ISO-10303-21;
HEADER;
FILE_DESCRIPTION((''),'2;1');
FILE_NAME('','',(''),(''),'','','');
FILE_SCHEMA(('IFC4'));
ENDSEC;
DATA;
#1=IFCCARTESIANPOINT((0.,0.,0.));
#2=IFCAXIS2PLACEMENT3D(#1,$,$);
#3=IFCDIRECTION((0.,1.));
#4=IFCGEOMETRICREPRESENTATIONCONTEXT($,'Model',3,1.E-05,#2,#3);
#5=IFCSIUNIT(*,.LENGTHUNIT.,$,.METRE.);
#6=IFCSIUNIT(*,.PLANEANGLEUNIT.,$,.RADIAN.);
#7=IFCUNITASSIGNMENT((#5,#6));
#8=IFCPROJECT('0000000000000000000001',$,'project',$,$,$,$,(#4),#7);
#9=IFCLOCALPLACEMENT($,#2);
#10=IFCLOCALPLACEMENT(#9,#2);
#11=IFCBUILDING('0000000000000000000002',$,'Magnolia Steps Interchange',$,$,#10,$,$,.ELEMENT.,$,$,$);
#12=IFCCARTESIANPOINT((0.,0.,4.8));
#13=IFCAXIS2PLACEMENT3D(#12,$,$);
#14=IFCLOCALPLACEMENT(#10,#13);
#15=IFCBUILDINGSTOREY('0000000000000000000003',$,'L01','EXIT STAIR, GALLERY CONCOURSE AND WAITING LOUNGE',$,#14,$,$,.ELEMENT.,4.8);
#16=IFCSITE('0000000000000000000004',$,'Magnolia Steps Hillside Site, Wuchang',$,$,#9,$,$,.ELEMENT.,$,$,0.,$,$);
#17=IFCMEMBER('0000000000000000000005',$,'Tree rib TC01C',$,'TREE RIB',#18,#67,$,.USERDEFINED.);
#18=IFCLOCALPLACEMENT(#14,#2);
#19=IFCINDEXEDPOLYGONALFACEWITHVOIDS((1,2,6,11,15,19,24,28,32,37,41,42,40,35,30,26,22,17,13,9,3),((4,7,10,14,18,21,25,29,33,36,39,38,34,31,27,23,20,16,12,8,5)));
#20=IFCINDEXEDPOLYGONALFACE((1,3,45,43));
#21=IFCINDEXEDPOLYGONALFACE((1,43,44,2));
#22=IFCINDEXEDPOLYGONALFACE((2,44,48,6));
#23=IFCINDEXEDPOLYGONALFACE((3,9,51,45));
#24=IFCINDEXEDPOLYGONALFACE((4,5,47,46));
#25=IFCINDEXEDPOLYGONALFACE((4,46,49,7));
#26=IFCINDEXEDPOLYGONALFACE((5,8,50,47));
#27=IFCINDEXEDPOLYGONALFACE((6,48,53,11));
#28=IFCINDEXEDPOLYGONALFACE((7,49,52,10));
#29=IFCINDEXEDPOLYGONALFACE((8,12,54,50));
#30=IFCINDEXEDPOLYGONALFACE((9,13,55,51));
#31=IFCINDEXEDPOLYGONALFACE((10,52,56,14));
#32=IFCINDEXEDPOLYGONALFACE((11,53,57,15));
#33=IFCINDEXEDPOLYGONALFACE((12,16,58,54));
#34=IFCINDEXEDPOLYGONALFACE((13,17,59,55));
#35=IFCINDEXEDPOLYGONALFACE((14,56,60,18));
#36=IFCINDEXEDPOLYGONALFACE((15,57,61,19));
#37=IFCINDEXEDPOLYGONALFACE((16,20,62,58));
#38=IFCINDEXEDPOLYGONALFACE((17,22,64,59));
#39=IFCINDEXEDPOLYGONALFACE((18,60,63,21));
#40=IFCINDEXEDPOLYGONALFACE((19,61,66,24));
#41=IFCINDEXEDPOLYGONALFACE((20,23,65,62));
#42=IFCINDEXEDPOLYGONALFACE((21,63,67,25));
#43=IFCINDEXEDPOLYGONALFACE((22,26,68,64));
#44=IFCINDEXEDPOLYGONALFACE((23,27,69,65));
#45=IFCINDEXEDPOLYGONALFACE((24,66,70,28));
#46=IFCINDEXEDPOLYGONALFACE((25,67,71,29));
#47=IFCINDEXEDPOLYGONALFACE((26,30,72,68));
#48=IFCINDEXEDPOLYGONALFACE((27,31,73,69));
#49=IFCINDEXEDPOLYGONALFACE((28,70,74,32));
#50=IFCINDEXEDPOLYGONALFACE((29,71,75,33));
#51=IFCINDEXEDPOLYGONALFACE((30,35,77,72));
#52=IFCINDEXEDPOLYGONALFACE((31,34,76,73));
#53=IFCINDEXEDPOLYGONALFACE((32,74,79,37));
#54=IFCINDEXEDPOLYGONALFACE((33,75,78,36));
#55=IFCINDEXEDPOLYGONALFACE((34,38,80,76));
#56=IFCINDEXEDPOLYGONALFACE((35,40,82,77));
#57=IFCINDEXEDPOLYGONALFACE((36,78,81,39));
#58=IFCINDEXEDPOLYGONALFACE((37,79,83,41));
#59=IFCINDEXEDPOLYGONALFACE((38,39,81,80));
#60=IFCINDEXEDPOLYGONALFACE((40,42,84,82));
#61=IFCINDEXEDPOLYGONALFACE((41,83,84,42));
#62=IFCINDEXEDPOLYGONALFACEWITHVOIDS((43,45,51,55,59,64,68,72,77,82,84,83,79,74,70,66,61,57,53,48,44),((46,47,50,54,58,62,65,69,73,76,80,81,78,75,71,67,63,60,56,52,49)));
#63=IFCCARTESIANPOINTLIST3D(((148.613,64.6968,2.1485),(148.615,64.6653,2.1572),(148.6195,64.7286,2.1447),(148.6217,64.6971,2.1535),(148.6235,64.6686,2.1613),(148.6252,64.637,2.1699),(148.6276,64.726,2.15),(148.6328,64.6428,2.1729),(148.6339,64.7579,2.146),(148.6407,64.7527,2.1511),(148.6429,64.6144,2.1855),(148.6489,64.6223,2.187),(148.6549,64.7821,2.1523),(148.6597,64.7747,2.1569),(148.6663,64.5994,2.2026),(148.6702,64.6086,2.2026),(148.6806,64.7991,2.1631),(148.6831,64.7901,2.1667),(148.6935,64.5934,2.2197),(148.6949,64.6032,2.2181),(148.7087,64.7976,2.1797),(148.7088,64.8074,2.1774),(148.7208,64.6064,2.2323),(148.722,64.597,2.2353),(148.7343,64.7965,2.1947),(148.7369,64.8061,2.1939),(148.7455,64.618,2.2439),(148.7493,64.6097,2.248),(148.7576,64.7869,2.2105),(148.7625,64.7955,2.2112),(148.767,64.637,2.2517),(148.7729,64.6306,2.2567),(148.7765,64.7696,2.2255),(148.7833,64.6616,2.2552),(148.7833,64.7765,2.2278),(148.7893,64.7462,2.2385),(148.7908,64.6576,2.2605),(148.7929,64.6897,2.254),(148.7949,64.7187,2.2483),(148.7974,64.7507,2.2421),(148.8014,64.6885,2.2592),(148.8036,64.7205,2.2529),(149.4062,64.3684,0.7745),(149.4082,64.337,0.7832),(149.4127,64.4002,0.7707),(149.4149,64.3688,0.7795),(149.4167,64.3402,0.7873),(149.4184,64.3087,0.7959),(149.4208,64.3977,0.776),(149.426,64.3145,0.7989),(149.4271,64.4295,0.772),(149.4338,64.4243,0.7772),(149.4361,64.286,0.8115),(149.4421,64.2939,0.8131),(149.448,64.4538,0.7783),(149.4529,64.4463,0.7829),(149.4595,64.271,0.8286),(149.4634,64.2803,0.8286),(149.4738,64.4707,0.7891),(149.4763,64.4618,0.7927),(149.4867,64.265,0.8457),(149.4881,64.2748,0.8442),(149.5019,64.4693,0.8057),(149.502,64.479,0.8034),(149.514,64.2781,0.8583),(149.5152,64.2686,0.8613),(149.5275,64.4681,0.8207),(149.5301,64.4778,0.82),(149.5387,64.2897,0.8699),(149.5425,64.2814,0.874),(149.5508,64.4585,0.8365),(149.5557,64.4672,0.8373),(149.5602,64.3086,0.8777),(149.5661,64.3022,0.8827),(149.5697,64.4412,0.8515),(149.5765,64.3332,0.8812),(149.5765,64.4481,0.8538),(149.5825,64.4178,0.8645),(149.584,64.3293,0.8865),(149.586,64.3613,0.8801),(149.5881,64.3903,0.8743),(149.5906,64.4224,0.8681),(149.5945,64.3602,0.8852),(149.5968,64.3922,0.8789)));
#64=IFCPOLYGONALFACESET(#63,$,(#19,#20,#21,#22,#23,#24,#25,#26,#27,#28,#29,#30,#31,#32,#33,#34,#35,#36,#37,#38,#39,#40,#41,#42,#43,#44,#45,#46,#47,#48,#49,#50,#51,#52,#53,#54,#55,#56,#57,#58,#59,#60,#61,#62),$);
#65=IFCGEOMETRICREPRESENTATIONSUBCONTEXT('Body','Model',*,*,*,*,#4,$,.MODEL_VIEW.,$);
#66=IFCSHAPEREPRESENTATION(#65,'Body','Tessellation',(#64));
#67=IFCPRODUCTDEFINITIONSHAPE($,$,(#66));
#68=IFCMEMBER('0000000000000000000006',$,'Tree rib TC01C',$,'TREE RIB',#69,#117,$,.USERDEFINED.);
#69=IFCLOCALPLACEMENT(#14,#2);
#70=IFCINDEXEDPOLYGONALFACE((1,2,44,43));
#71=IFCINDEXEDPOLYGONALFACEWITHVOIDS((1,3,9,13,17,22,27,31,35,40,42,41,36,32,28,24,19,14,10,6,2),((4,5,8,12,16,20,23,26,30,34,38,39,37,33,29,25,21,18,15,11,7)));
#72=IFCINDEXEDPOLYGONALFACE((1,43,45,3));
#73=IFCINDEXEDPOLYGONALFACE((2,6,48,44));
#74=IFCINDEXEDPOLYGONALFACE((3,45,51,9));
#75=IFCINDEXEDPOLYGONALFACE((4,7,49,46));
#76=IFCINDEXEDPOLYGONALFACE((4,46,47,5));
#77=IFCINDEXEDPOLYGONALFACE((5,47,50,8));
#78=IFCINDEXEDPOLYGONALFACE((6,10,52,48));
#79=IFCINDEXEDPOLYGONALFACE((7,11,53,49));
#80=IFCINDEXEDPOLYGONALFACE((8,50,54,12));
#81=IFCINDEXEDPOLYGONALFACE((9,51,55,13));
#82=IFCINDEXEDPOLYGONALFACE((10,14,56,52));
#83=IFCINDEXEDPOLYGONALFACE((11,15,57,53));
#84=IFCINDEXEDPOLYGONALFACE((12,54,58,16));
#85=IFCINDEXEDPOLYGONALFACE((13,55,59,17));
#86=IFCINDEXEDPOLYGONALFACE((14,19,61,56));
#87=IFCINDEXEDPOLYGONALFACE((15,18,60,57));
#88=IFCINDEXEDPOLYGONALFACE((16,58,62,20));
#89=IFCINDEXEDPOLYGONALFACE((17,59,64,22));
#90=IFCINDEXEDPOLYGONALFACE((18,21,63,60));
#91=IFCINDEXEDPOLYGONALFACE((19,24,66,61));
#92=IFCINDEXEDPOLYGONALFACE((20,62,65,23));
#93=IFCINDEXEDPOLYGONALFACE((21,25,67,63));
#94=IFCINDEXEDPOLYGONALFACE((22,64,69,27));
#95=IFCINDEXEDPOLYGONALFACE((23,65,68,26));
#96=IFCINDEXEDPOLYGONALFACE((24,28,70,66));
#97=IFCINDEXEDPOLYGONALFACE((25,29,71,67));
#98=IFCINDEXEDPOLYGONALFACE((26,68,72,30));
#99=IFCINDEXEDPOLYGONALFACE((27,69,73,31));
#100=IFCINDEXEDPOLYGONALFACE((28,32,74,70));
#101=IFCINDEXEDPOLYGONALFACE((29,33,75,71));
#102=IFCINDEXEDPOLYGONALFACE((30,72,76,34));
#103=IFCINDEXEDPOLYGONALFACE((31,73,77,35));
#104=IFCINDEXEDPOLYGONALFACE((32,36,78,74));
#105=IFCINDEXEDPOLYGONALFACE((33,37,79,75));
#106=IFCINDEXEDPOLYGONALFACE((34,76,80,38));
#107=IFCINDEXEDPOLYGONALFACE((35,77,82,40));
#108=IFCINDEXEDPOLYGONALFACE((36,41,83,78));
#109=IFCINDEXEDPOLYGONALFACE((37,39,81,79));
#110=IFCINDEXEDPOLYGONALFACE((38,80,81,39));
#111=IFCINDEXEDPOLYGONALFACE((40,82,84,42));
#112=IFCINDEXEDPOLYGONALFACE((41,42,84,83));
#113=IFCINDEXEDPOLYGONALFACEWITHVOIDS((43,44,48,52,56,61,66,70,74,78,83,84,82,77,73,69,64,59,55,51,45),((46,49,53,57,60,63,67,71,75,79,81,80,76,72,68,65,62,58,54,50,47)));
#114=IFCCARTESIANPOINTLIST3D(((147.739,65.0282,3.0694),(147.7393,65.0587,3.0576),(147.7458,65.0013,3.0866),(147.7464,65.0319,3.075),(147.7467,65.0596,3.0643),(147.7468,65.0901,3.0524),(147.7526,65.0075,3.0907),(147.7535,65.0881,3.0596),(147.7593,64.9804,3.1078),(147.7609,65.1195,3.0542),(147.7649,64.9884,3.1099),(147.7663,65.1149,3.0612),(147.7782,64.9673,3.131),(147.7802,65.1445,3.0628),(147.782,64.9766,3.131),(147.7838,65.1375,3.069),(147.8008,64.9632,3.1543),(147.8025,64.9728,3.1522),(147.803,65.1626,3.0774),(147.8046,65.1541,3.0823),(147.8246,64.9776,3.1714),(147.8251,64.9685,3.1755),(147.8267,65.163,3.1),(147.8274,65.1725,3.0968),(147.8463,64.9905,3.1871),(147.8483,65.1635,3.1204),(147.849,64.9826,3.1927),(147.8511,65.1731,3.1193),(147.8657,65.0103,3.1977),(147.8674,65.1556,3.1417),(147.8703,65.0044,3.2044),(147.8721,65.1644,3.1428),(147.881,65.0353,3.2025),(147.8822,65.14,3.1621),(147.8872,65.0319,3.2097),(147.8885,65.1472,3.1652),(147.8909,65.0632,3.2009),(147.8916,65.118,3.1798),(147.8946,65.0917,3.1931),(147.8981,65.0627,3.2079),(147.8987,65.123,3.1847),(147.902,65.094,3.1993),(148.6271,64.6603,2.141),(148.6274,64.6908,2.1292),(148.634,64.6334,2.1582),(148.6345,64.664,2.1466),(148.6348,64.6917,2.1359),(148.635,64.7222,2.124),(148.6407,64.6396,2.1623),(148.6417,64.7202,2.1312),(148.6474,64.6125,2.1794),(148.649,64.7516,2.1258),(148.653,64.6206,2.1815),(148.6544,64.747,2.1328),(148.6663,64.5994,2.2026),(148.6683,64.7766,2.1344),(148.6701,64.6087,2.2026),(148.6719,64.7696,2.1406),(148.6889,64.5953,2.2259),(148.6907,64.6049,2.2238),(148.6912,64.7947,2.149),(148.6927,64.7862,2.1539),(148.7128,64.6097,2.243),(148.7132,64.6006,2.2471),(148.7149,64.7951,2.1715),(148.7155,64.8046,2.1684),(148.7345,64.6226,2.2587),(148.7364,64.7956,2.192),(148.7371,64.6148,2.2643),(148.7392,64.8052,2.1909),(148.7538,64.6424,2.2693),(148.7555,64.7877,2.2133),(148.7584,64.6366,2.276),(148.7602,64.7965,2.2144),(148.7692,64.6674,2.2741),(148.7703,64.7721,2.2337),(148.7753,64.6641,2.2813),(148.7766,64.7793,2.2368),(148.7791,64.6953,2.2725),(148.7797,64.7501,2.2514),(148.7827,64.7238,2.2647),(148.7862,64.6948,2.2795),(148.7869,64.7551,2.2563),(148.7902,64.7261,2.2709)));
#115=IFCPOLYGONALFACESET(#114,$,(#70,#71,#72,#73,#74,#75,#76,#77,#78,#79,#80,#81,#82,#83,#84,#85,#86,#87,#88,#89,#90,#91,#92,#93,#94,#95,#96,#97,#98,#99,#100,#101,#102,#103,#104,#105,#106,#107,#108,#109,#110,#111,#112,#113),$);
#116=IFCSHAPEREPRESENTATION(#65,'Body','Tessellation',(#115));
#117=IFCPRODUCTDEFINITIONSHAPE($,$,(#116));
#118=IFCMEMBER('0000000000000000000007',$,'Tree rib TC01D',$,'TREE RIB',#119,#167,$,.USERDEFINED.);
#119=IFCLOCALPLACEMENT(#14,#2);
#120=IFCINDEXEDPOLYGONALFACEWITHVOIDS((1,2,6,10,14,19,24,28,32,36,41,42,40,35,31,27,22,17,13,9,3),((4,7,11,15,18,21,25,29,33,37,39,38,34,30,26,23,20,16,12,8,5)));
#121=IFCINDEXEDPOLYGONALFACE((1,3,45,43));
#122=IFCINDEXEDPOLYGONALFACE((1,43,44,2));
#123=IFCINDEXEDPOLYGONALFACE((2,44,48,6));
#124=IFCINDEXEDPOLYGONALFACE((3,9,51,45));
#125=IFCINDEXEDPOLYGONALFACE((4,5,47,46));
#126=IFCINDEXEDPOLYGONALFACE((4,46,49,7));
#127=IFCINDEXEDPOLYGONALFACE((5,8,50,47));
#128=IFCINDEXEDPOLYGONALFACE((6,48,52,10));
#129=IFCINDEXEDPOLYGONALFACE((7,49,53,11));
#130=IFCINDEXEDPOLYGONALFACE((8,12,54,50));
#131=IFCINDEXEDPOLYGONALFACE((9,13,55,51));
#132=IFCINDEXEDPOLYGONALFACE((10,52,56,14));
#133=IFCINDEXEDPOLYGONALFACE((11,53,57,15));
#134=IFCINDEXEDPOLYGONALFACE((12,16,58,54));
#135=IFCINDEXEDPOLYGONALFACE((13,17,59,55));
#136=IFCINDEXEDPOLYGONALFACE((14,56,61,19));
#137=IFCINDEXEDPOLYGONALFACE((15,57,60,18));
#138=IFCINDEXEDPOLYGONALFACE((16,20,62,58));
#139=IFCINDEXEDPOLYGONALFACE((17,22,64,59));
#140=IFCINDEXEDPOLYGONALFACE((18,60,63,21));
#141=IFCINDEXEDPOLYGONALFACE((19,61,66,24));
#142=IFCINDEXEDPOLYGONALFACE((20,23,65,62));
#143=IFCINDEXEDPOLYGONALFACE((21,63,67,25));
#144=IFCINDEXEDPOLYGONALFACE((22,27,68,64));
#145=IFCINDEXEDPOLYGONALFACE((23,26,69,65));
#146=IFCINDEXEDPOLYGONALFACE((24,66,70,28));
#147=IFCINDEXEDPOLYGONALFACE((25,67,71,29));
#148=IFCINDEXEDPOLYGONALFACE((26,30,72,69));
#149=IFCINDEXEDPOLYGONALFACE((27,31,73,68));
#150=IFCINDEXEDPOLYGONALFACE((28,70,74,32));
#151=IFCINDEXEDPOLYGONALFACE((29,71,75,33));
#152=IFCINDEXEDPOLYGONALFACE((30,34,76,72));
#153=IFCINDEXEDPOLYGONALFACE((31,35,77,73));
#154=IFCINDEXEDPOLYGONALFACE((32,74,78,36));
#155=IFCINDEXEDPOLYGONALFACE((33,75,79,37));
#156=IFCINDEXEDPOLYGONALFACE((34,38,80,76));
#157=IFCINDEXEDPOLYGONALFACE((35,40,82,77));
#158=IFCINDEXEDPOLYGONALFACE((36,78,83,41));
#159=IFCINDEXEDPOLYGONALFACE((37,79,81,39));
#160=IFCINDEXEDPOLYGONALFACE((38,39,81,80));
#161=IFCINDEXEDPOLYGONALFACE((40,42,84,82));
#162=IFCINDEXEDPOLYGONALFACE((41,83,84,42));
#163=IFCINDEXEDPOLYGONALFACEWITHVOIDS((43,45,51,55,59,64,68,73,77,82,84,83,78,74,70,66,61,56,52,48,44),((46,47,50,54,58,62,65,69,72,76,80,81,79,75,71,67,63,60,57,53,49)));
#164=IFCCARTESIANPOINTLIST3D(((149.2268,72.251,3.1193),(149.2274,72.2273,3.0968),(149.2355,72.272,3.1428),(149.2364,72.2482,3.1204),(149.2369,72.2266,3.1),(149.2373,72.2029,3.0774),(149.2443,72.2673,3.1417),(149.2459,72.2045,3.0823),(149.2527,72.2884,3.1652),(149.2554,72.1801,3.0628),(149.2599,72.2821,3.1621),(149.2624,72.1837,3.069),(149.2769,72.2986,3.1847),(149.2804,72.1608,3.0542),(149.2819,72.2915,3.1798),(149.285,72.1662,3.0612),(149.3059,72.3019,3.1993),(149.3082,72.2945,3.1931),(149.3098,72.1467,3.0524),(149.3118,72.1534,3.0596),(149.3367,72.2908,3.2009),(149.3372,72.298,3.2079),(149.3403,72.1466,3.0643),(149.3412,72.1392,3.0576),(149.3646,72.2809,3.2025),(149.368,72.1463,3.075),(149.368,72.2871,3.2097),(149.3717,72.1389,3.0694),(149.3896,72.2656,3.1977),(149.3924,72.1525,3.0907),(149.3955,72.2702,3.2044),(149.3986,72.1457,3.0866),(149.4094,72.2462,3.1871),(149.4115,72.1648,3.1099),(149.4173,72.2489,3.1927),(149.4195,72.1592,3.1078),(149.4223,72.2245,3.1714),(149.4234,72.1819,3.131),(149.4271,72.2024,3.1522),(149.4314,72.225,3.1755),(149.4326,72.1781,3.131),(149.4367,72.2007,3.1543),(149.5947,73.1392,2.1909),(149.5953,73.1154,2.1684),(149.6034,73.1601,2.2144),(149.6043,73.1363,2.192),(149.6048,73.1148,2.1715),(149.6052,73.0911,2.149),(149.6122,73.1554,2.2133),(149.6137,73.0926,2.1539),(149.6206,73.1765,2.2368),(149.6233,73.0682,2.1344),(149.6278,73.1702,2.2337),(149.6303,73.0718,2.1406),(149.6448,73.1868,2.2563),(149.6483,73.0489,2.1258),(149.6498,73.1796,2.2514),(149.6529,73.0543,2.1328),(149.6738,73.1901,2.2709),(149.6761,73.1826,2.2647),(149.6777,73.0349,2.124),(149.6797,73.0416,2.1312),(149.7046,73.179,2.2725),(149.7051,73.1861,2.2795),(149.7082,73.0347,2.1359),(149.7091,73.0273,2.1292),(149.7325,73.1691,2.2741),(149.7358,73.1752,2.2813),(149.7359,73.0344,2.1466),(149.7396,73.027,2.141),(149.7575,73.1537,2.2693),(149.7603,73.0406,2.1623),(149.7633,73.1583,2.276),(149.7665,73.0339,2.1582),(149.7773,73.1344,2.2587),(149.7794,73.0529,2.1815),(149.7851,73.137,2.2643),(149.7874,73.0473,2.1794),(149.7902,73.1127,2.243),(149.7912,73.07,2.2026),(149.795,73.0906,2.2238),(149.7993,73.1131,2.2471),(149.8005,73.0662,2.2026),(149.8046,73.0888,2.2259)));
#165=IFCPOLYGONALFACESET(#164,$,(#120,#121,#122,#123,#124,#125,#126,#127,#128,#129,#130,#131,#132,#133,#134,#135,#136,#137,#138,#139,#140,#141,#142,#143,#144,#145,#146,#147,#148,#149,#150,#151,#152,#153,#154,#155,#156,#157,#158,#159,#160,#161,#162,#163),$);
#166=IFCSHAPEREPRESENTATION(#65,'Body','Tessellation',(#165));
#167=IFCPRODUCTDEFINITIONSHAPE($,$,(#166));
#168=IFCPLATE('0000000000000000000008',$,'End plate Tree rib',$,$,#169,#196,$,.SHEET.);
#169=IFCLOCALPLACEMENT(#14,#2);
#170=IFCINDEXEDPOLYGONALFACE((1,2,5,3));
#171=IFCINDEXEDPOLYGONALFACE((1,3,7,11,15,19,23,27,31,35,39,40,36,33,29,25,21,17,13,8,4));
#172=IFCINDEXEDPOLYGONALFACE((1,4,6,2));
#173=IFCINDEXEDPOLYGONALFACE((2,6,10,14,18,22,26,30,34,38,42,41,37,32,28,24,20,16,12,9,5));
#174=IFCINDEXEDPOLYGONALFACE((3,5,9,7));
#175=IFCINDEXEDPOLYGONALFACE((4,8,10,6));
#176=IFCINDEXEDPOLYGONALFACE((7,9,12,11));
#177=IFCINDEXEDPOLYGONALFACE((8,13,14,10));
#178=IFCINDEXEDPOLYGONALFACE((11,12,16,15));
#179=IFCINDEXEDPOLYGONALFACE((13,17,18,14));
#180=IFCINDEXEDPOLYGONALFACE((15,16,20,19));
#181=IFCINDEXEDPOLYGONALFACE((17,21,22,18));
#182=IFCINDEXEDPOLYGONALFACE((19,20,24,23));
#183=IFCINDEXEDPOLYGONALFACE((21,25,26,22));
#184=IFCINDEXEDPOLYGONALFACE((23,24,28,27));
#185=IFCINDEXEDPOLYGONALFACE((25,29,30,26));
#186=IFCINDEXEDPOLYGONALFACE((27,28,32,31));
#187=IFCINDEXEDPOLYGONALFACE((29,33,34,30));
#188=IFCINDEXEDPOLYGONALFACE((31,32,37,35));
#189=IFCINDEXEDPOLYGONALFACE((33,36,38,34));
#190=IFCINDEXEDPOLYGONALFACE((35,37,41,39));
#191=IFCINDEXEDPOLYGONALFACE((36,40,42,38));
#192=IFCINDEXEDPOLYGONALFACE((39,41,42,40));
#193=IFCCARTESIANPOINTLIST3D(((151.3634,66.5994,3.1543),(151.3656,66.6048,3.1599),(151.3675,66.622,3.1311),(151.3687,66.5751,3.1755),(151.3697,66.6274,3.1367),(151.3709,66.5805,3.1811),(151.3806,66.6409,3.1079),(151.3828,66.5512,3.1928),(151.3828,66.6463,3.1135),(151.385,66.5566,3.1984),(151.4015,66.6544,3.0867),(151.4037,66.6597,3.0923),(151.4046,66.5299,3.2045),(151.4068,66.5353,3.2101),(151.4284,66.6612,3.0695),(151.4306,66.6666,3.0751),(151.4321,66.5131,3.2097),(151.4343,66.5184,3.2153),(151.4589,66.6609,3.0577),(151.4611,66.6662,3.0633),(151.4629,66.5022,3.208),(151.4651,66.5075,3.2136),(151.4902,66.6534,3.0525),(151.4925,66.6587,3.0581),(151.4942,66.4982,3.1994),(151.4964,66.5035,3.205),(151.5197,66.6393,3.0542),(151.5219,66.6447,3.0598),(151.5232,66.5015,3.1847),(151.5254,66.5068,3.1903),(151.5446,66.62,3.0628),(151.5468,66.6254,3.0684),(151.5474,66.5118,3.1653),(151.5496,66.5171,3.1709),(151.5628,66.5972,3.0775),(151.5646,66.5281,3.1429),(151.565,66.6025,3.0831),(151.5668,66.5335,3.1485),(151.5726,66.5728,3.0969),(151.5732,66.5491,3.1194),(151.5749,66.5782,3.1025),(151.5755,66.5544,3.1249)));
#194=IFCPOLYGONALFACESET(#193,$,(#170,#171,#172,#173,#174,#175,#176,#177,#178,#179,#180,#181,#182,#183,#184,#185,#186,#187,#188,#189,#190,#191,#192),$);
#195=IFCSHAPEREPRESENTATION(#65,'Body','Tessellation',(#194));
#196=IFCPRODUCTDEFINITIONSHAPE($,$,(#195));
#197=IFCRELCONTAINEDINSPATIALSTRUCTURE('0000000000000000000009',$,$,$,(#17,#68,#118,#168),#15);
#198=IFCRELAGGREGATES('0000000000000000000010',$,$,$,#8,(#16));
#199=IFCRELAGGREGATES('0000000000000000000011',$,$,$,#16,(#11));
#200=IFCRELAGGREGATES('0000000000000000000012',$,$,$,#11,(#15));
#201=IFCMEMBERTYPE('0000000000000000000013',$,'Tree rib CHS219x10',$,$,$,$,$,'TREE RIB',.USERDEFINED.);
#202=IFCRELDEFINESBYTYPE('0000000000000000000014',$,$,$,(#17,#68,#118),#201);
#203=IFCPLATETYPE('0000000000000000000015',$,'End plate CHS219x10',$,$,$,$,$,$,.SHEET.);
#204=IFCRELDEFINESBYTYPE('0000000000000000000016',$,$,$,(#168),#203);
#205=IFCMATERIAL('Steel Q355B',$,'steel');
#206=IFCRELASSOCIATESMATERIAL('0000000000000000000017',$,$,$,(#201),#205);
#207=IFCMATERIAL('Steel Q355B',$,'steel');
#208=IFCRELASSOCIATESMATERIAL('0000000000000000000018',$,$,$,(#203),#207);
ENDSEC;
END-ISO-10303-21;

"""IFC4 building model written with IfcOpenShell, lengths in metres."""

from ifc_helpers import new_model, si_unit, direction, frame, origin, origin_2d, place, context, subcontext, project, spatial, circle, hollow_circle, extrude, material, material_profile, profile_set, type_object, element, save


model = new_model("IFC4")

# Units and contexts
model_context = context("Model", 3, precision=1e-05, world=origin(), true_north=direction((0.0, 1.0)))
body_context = subcontext(model_context, "Body", "Model", "MODEL_VIEW")
ifc_project = project(units=[si_unit("LENGTHUNIT", "METRE"), si_unit("PLANEANGLEUNIT", "RADIAN")], contexts=[model_context])

# Site, building, storey
site_placement = place(None, origin())
site = spatial("IfcSite", under=ifc_project, at=site_placement, Name="Magnolia Steps Hillside Site, Wuchang", CompositionType="ELEMENT", RefElevation=0.0)
building_placement = place(site_placement, origin())
building = spatial("IfcBuilding", under=site, at=building_placement, Name="Magnolia Steps Interchange", CompositionType="ELEMENT")
storey_placement = place(building_placement, frame((0.0, 0.0, 4.8)))
storey = spatial("IfcBuildingStorey", under=building, at=storey_placement, Name="L01", Description="EXIT STAIR, GALLERY CONCOURSE AND WAITING LOUNGE", CompositionType="ELEMENT", Elevation=4.8)

# Members
ifc_material_1 = material(Name="Steel Q355B", Category="steel")
ifc_material_profile_1 = material_profile(ifc_material_1, hollow_circle(Radius=0.1096, WallThickness=0.01, at=origin_2d()), Name="CHS219x10")
ifc_profile_set_1 = profile_set([ifc_material_profile_1], Name="Steel Q355B")
member_type = type_object("IfcMemberType", Name="Tree rib CHS219x10", ElementType="TREE RIB", PredefinedType="USERDEFINED", material=ifc_profile_set_1)
member_1_placement = place(storey_placement, frame((149.5015, 64.3723, 0.8286), z_axis=(-0.489586, 0.202676, 0.848073), x_axis=(-0.382494, -0.923958, 0.0)))
element("IfcMember", 1, at=member_1_placement, inside=storey, type_object=member_type, Name="Tree rib TC01C", ObjectType="TREE RIB", PredefinedType="USERDEFINED", context=body_context, shape_type="SweptSolid", body=[
    extrude(hollow_circle(Radius=0.1096, WallThickness=0.01, at=origin_2d()), origin(), (0.0, 0.0, 1.0), 1.6201),
])
for number, where, z_axis, x_axis, name in (
    (2, (148.7083, 64.7007, 2.2026), (-0.664549, 0.275282, 0.69469), (-0.382703, -0.923871, 0.0), "Tree rib TC01C"),
    (3, (149.6992, 73.1082, 2.2026), (-0.275282, -0.664549, 0.69469), (0.923871, -0.382703, 0.0), "Tree rib TC01D"),
):
    element("IfcMember", number, at=place(storey_placement, frame(where, z_axis=z_axis, x_axis=x_axis)), inside=storey, type_object=member_type, Name=name, ObjectType="TREE RIB", PredefinedType="USERDEFINED", context=body_context, shape_type="SweptSolid", body=[
        extrude(hollow_circle(Radius=0.1096, WallThickness=0.01, at=origin_2d()), origin(), (0.0, 0.0, 1.0), 1.3364),
    ])

# Plate
ifc_material_2 = material(Name="Steel Q355B", Category="steel")
ifc_material_profile_2 = material_profile(ifc_material_2, circle(Radius=0.1096, at=origin_2d()), Name="End plate CHS219x10")
ifc_profile_set_2 = profile_set([ifc_material_profile_2], Name="Steel Q355B")
plate_type_1 = type_object("IfcPlateType", Name="End plate CHS219x10", PredefinedType="SHEET", material=ifc_profile_set_2)
for number, where, z_axis, x_axis, name in (
    (4, (151.4688, 66.5801, 3.1311), (0.275279, 0.664583, 0.694658), (-0.92388, 0.382683, 0.0), "End plate Tree rib"),
):
    element("IfcPlate", number, at=place(storey_placement, frame(where, z_axis=z_axis, x_axis=x_axis)), inside=storey, type_object=plate_type_1, Name=name, PredefinedType="SHEET", context=body_context, shape_type="SweptSolid", body=[
        extrude(circle(Radius=0.1096, at=origin_2d()), origin(), (0.0, 0.0, 1.0), 0.0081),
    ])

save(model, "model.ifc")
